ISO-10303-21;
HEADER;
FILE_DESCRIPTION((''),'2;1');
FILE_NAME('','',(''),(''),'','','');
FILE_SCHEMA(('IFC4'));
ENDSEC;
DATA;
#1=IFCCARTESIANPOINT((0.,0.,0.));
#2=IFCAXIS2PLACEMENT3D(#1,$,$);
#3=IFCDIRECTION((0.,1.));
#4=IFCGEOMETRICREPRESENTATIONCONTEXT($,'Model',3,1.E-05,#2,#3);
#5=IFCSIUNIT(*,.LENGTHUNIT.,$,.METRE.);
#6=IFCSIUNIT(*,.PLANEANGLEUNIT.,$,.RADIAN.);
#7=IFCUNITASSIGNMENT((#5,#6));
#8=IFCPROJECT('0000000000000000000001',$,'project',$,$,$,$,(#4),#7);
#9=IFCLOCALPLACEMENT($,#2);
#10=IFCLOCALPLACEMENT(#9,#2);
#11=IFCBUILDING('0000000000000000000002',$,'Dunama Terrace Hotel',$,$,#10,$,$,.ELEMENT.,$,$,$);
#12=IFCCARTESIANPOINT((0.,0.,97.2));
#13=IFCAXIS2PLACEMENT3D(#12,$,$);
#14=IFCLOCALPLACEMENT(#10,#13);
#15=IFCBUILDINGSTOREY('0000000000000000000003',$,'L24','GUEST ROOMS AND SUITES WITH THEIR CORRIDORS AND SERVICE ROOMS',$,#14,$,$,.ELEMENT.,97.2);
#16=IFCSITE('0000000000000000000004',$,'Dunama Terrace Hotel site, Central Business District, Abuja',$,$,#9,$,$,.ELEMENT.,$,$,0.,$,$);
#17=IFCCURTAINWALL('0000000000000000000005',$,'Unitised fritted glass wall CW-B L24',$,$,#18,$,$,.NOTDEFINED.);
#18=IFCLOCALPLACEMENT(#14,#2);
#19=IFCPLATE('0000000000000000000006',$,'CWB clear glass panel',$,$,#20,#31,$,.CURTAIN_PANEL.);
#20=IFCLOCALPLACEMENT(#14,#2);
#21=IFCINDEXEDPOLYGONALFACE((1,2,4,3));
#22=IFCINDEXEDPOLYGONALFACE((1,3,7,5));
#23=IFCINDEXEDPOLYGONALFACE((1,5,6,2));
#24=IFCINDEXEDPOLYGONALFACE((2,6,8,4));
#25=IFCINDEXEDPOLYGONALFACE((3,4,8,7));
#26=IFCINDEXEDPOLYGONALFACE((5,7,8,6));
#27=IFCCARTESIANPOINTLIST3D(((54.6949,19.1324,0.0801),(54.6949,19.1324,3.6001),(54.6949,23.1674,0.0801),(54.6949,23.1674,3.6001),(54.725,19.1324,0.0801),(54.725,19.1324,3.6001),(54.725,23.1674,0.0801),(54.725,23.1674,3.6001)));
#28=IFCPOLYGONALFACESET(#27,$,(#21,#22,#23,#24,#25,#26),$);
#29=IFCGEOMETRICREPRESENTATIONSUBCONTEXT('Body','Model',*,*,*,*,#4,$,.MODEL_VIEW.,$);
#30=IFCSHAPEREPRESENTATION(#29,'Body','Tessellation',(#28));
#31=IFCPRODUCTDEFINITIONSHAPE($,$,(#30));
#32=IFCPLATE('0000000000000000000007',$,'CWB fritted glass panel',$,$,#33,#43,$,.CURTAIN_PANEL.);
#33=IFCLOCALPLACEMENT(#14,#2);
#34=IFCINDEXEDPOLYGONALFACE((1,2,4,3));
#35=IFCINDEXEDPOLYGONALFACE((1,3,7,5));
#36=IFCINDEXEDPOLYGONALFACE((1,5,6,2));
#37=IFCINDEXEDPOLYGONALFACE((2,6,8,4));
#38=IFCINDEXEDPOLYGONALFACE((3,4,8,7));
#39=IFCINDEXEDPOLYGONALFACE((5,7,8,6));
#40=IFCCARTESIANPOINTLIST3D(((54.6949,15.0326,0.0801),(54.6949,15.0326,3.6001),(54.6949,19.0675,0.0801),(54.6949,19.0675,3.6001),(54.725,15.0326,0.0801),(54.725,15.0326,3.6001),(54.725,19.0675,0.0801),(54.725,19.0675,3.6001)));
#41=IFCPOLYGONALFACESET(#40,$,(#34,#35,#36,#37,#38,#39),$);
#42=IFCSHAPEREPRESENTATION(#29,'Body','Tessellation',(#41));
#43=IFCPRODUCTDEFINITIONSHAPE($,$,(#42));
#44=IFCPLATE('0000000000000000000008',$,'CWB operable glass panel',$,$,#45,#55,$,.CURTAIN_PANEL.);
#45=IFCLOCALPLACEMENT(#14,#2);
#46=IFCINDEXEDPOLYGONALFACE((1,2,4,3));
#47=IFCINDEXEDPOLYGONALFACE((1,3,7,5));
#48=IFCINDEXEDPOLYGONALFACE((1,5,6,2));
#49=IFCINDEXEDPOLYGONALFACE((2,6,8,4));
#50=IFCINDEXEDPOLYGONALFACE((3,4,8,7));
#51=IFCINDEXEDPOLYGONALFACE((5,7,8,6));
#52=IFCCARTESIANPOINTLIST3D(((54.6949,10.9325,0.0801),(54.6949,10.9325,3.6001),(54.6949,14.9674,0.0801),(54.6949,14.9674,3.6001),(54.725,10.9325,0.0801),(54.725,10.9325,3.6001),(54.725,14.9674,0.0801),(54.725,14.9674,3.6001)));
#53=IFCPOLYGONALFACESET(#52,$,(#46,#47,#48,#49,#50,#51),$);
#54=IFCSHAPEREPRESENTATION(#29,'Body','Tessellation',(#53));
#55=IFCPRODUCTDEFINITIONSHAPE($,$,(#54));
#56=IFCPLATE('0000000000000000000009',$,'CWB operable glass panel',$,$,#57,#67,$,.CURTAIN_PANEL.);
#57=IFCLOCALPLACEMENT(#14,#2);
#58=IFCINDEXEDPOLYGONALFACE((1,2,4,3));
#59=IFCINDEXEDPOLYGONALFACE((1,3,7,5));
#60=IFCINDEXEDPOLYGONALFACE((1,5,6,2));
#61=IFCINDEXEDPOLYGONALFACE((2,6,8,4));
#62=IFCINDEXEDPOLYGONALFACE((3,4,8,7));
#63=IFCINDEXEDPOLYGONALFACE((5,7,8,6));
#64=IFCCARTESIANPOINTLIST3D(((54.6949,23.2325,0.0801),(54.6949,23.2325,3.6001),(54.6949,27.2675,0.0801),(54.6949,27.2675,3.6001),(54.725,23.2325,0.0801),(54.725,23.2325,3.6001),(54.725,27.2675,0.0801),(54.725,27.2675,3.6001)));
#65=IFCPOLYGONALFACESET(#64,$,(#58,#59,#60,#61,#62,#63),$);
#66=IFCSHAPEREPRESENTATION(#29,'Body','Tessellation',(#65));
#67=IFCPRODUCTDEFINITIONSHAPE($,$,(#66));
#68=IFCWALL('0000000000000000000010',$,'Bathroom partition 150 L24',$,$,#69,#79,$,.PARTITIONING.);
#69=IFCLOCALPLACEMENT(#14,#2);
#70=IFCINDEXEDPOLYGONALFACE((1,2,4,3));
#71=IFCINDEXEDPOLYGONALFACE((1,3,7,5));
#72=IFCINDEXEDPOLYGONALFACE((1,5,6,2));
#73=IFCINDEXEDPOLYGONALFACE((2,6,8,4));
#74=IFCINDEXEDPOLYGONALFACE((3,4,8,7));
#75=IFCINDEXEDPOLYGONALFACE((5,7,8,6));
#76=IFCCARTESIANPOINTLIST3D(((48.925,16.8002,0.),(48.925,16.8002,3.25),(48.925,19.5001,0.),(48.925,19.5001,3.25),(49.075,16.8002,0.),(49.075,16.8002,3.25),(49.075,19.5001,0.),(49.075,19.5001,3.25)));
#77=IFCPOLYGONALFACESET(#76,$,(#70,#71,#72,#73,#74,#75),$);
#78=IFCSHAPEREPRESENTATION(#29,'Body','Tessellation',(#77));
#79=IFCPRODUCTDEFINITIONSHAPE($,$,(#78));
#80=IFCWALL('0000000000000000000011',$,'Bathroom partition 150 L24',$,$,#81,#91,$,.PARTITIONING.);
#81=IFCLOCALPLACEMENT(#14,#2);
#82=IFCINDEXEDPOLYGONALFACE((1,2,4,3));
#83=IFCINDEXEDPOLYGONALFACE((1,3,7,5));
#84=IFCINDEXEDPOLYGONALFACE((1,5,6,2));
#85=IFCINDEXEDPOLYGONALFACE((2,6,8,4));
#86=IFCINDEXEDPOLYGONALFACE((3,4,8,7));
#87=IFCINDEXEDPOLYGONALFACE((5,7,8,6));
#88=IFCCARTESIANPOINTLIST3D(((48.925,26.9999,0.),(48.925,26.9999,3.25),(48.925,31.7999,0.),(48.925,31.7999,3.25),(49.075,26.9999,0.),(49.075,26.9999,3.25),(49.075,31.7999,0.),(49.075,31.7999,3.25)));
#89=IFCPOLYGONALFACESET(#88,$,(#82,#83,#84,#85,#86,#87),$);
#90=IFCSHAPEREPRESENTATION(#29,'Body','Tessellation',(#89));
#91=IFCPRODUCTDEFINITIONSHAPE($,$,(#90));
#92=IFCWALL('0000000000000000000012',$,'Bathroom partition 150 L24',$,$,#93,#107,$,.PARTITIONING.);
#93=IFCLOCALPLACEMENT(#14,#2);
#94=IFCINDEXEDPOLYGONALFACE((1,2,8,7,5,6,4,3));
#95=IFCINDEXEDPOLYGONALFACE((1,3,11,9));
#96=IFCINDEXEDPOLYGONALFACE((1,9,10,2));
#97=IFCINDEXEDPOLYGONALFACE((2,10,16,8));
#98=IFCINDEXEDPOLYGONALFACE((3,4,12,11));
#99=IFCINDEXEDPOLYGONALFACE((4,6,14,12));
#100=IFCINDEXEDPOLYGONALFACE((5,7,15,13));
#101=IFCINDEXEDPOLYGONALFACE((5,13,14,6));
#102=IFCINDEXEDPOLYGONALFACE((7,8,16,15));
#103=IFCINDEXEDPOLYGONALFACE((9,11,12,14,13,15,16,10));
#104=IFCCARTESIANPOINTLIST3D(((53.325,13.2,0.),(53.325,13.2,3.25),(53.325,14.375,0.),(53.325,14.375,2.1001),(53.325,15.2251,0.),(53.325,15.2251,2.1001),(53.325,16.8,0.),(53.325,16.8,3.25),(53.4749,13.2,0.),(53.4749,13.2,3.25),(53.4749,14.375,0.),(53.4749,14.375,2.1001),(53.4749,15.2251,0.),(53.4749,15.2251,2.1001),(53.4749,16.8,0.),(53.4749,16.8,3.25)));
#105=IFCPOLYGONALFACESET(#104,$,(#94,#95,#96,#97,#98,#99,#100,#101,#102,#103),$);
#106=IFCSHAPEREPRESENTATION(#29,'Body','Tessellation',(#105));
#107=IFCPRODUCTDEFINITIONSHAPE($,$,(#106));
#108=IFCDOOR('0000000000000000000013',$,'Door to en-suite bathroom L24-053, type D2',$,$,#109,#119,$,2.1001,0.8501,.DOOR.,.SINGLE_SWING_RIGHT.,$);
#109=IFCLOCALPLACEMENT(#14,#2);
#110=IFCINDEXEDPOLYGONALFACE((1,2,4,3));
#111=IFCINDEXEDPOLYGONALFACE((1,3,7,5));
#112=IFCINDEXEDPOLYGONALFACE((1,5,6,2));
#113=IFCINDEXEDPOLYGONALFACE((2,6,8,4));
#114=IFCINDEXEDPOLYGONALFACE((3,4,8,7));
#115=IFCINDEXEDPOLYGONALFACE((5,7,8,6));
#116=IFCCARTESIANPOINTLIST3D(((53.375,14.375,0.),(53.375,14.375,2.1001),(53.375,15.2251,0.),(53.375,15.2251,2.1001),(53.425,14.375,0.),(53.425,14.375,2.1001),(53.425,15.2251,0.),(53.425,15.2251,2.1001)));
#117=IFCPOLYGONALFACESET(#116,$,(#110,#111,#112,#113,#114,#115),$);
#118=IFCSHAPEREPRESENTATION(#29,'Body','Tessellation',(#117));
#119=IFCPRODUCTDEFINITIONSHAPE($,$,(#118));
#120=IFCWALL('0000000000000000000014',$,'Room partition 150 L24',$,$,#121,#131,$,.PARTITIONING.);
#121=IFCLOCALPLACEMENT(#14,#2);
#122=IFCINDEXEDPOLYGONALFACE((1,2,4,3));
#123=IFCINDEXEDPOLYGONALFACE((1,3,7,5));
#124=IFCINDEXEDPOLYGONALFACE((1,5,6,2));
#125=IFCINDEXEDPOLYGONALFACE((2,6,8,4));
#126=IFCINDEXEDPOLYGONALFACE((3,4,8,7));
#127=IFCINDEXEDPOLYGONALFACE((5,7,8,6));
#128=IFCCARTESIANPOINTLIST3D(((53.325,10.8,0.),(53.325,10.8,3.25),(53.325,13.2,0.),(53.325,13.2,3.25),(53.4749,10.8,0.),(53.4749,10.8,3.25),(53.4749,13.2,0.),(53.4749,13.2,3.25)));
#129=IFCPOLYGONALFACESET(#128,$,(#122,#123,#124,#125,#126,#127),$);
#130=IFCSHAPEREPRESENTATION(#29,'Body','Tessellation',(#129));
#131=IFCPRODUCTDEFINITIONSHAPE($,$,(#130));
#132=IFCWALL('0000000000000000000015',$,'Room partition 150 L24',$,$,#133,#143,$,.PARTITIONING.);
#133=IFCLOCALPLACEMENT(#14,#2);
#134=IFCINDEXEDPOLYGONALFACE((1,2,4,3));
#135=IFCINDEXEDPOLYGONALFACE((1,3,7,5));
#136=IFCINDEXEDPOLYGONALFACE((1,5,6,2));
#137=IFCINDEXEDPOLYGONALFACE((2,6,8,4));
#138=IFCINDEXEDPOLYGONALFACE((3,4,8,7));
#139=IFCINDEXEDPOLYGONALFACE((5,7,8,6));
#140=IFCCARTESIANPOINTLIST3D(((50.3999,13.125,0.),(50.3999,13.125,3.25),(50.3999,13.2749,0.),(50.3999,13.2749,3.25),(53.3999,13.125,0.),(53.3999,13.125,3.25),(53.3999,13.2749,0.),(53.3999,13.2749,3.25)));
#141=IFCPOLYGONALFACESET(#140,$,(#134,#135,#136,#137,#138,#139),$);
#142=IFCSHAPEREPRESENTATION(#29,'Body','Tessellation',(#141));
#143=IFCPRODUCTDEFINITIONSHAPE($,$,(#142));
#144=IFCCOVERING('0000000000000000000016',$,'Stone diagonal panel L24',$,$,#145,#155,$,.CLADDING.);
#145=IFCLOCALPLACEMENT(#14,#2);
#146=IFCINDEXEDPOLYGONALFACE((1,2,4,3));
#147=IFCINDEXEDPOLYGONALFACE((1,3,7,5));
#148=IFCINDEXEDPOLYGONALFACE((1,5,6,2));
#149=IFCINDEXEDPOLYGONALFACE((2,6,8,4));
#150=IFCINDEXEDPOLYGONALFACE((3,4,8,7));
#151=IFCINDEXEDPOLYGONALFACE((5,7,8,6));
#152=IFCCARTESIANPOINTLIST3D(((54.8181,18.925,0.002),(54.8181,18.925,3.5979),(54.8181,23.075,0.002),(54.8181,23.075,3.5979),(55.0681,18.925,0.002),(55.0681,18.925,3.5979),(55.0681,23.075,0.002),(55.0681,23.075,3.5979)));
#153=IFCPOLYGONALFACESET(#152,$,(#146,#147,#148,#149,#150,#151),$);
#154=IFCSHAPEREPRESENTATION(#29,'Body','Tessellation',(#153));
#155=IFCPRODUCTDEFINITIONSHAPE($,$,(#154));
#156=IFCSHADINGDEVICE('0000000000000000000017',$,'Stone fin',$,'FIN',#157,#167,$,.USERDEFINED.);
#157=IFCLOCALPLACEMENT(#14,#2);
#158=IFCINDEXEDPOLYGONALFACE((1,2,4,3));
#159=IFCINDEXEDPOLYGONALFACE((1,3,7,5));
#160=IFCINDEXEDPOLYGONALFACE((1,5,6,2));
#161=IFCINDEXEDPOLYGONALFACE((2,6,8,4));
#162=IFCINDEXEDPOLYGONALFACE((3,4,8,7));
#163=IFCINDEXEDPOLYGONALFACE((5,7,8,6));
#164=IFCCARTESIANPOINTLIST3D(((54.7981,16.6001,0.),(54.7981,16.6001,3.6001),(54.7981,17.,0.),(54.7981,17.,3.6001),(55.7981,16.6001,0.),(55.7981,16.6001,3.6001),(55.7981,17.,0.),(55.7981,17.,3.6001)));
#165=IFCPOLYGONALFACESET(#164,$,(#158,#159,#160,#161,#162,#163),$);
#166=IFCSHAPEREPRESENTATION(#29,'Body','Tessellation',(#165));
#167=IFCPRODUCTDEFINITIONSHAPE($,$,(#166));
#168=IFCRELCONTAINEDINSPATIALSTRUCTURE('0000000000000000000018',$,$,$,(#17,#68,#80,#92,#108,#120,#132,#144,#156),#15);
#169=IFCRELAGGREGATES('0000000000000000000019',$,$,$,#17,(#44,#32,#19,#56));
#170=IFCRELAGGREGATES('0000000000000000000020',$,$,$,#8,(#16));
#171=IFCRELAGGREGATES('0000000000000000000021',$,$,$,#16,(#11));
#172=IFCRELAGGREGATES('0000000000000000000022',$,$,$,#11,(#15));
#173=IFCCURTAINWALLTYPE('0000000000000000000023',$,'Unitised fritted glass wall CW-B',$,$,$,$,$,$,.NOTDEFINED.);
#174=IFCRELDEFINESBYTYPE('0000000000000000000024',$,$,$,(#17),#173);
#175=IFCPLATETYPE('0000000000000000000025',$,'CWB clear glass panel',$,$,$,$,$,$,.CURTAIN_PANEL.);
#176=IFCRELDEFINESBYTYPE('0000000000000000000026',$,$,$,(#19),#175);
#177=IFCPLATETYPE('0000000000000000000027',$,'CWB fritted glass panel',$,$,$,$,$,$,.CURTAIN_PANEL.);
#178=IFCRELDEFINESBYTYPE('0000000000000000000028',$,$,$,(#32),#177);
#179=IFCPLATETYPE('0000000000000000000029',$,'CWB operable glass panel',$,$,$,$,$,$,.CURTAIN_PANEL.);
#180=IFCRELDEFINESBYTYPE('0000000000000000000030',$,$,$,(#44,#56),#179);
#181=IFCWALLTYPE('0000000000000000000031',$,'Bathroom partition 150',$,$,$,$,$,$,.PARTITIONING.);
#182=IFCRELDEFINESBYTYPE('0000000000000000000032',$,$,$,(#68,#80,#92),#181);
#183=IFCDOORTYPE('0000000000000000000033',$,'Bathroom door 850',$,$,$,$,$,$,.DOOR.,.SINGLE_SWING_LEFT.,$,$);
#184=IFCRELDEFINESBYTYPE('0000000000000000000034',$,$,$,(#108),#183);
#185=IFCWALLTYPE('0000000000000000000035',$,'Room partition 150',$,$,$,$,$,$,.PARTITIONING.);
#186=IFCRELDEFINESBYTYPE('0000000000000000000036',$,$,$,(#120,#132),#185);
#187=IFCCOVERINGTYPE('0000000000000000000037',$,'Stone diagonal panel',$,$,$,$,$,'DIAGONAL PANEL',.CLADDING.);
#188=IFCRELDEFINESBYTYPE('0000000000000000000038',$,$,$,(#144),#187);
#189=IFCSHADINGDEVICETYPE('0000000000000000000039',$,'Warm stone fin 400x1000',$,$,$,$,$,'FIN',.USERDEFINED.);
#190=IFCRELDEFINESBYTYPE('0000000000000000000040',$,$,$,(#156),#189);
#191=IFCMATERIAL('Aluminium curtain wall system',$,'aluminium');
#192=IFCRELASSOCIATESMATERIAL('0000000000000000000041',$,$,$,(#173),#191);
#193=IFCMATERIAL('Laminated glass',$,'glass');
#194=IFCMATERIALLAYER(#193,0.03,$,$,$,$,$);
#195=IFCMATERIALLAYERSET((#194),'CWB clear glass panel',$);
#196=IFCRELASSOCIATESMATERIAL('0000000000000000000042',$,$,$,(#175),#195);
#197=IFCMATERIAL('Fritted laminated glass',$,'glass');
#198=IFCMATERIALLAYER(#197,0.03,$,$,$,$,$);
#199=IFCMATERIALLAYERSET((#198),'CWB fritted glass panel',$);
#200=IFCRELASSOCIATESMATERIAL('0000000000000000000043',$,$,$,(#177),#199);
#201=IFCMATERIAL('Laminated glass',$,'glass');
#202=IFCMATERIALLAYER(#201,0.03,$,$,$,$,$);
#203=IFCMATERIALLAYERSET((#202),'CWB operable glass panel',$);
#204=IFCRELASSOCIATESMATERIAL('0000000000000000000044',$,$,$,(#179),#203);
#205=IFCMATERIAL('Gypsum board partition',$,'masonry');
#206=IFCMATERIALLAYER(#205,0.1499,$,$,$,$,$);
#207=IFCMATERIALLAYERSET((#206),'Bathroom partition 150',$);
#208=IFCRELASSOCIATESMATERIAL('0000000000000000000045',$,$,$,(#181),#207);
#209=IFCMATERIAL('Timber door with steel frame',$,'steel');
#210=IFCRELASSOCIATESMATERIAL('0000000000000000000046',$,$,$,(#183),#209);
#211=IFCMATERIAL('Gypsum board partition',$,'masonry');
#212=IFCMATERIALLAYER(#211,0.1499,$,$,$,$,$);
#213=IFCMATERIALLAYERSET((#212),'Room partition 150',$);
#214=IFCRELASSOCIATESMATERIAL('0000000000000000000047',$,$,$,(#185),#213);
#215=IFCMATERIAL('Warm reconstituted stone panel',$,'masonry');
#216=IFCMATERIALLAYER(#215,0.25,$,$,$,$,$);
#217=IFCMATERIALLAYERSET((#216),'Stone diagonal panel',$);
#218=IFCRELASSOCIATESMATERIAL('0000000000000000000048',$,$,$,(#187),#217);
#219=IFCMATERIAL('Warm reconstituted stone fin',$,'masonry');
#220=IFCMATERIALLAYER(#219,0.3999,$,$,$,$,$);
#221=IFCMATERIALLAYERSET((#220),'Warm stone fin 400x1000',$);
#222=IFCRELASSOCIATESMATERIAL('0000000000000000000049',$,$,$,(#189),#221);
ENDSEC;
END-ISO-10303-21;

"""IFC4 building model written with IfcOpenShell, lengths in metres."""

from ifc_helpers import new_model, si_unit, direction, frame, frame_2d, origin, origin_2d, place, context, subcontext, project, spatial, rectangle, extrude, material, layer, layer_set, type_object, element, fill, aggregate, save


model = new_model("IFC4")

# Units and contexts
model_context = context("Model", 3, precision=1e-05, world=origin(), true_north=direction((0.0, 1.0)))
body_context = subcontext(model_context, "Body", "Model", "MODEL_VIEW")
ifc_project = project(units=[si_unit("LENGTHUNIT", "METRE"), si_unit("PLANEANGLEUNIT", "RADIAN")], contexts=[model_context])

# Site, building, storey
site_placement = place(None, origin())
site = spatial("IfcSite", under=ifc_project, at=site_placement, Name="Dunama Terrace Hotel site, Central Business District, Abuja", CompositionType="ELEMENT", RefElevation=0.0)
building_placement = place(site_placement, origin())
building = spatial("IfcBuilding", under=site, at=building_placement, Name="Dunama Terrace Hotel", CompositionType="ELEMENT")
storey_placement = place(building_placement, frame((0.0, 0.0, 97.2)))
storey = spatial("IfcBuildingStorey", under=building, at=storey_placement, Name="L24", Description="GUEST ROOMS AND SUITES WITH THEIR CORRIDORS AND SERVICE ROOMS", CompositionType="ELEMENT", Elevation=97.2)

# Curtain wall
ifc_material_1 = material(Name="Aluminium curtain wall system", Category="aluminium")
curtain_wall_type = type_object("IfcCurtainWallType", Name="Unitised fritted glass wall CW-B", PredefinedType="NOTDEFINED", material=ifc_material_1)
curtain_wall_placement = place(storey_placement, origin())
curtain_wall = element("IfcCurtainWall", 1, at=curtain_wall_placement, inside=storey, type_object=curtain_wall_type, Name="Unitised fritted glass wall CW-B L24", PredefinedType="NOTDEFINED")

# Plates
ifc_material_2 = material(Name="Laminated glass", Category="glass")
ifc_layer_1 = layer(ifc_material_2, 0.03)
ifc_layer_set_1 = layer_set([ifc_layer_1], Name="CWB clear glass panel")
plate_type_1 = type_object("IfcPlateType", Name="CWB clear glass panel", PredefinedType="CURTAIN_PANEL", material=ifc_layer_set_1)
plate_1_placement = place(storey_placement, frame((54.71, 21.1499, 0.0801), z_axis=(0.0, 0.0, 1.0), x_axis=(0.0, 1.0, 0.0)))
plate_1 = element("IfcPlate", 2, at=plate_1_placement, type_object=plate_type_1, Name="CWB clear glass panel", PredefinedType="CURTAIN_PANEL", context=body_context, shape_type="SweptSolid", body=[
    extrude(rectangle(XDim=4.0349, YDim=0.03, at=origin_2d()), origin(), (0.0, 0.0, 1.0), 3.52),
])
ifc_material_3 = material(Name="Fritted laminated glass", Category="glass")
ifc_layer_2 = layer(ifc_material_3, 0.03)
ifc_layer_set_2 = layer_set([ifc_layer_2], Name="CWB fritted glass panel")
plate_type_2 = type_object("IfcPlateType", Name="CWB fritted glass panel", PredefinedType="CURTAIN_PANEL", material=ifc_layer_set_2)
plate_2_placement = place(storey_placement, frame((54.71, 17.05, 0.0801), z_axis=(0.0, 0.0, 1.0), x_axis=(0.0, 1.0, 0.0)))
plate_2 = element("IfcPlate", 3, at=plate_2_placement, type_object=plate_type_2, Name="CWB fritted glass panel", PredefinedType="CURTAIN_PANEL", context=body_context, shape_type="SweptSolid", body=[
    extrude(rectangle(XDim=4.0349, YDim=0.03, at=origin_2d()), origin(), (0.0, 0.0, 1.0), 3.52),
])
ifc_material_4 = material(Name="Laminated glass", Category="glass")
ifc_layer_3 = layer(ifc_material_4, 0.03)
ifc_layer_set_3 = layer_set([ifc_layer_3], Name="CWB operable glass panel")
plate_type_3 = type_object("IfcPlateType", Name="CWB operable glass panel", PredefinedType="CURTAIN_PANEL", material=ifc_layer_set_3)
plate_3_placement = place(storey_placement, frame((54.71, 12.95, 0.0801), z_axis=(0.0, 0.0, 1.0), x_axis=(0.0, 1.0, 0.0)))
plate_3 = element("IfcPlate", 4, at=plate_3_placement, type_object=plate_type_3, Name="CWB operable glass panel", PredefinedType="CURTAIN_PANEL", context=body_context, shape_type="SweptSolid", body=[
    extrude(rectangle(XDim=4.0349, YDim=0.03, at=origin_2d()), origin(), (0.0, 0.0, 1.0), 3.52),
])
plate_4_placement = place(storey_placement, frame((54.71, 25.25, 0.0801), z_axis=(0.0, 0.0, 1.0), x_axis=(0.0, 1.0, 0.0)))
plate_4 = element("IfcPlate", 5, at=plate_4_placement, type_object=plate_type_3, Name="CWB operable glass panel", PredefinedType="CURTAIN_PANEL", context=body_context, shape_type="SweptSolid", body=[
    extrude(rectangle(XDim=4.0349, YDim=0.03, at=origin_2d()), origin(), (0.0, 0.0, 1.0), 3.52),
])
aggregate(curtain_wall, [plate_3, plate_2, plate_1, plate_4])

# Walls
ifc_material_5 = material(Name="Gypsum board partition", Category="masonry")
ifc_layer_4 = layer(ifc_material_5, 0.1499)
ifc_layer_set_4 = layer_set([ifc_layer_4], Name="Bathroom partition 150")
wall_type_1 = type_object("IfcWallType", Name="Bathroom partition 150", PredefinedType="PARTITIONING", material=ifc_layer_set_4)
wall_1_placement = place(storey_placement, frame((49.0, 16.8, 0.0), z_axis=(0.0, 0.0, 1.0), x_axis=(0.0, 1.0, 0.0)))
element("IfcWall", 6, at=wall_1_placement, inside=storey, type_object=wall_type_1, Name="Bathroom partition 150 L24", PredefinedType="PARTITIONING", context=body_context, shape_type="SweptSolid", body=[
    extrude(rectangle(XDim=2.7, YDim=0.1499, at=frame_2d((1.3501, 0.0))), origin(), (0.0, 0.0, 1.0), 3.25),
])
wall_2_placement = place(storey_placement, frame((49.0, 27.0, 0.0), z_axis=(0.0, 0.0, 1.0), x_axis=(0.0, 1.0, 0.0)))
element("IfcWall", 7, at=wall_2_placement, inside=storey, type_object=wall_type_1, Name="Bathroom partition 150 L24", PredefinedType="PARTITIONING", context=body_context, shape_type="SweptSolid", body=[
    extrude(rectangle(XDim=4.8, YDim=0.1499, at=frame_2d((2.3999, 0.0))), origin(), (0.0, 0.0, 1.0), 3.25),
])

# Wall, opening, door
wall_3_placement = place(storey_placement, frame((53.3999, 13.2, 0.0), z_axis=(0.0, 0.0, 1.0), x_axis=(0.0, 1.0, 0.0)))
wall_3 = element("IfcWall", 8, at=wall_3_placement, inside=storey, type_object=wall_type_1, Name="Bathroom partition 150 L24", PredefinedType="PARTITIONING", context=body_context, shape_type="SweptSolid", body=[
    extrude(rectangle(XDim=3.6001, YDim=0.1499, at=frame_2d((1.8, 0.0))), origin(), (0.0, 0.0, 1.0), 3.25),
])
opening_placement = place(wall_3_placement, frame((1.175, 0.0, 0.0)))
opening = element("IfcOpeningElement", 9, at=opening_placement, cuts=wall_3, PredefinedType="OPENING", context=body_context, shape_type="SweptSolid", body=[
    extrude(rectangle(XDim=0.8501, YDim=2.1001, at=frame_2d((0.425, 1.05))), frame((0.0, 0.085, 0.0), z_axis=(0.0, -1.0, 0.0), x_axis=(1.0, 0.0, 0.0)), (0.0, 0.0, 1.0), 0.1699),
])
ifc_material_6 = material(Name="Timber door with steel frame", Category="steel")
door_type = type_object("IfcDoorType", Name="Bathroom door 850", OperationType="SINGLE_SWING_LEFT", PredefinedType="DOOR", material=ifc_material_6)
door_placement = place(opening_placement, origin())
door = element("IfcDoor", 10, at=door_placement, inside=storey, type_object=door_type, Name="Door to en-suite bathroom L24-053, type D2", OperationType="SINGLE_SWING_RIGHT", OverallHeight=2.1001, OverallWidth=0.8501, PredefinedType="DOOR", context=body_context, shape_type="SweptSolid", body=[
    extrude(rectangle(XDim=0.8501, YDim=2.1001, at=frame_2d((0.425, 1.05))), frame((0.0, 0.0249, 0.0), z_axis=(0.0, -1.0, 0.0), x_axis=(1.0, 0.0, 0.0)), (0.0, 0.0, 1.0), 0.05),
])
fill(opening, door)

# Walls
ifc_material_7 = material(Name="Gypsum board partition", Category="masonry")
ifc_layer_5 = layer(ifc_material_7, 0.1499)
ifc_layer_set_5 = layer_set([ifc_layer_5], Name="Room partition 150")
wall_type_2 = type_object("IfcWallType", Name="Room partition 150", PredefinedType="PARTITIONING", material=ifc_layer_set_5)
wall_4_placement = place(storey_placement, frame((53.3999, 10.8, 0.0), z_axis=(0.0, 0.0, 1.0), x_axis=(0.0, 1.0, 0.0)))
element("IfcWall", 11, at=wall_4_placement, inside=storey, type_object=wall_type_2, Name="Room partition 150 L24", PredefinedType="PARTITIONING", context=body_context, shape_type="SweptSolid", body=[
    extrude(rectangle(XDim=2.3999, YDim=0.1499, at=frame_2d((1.2, 0.0))), origin(), (0.0, 0.0, 1.0), 3.25),
])
wall_5_placement = place(storey_placement, frame((50.3999, 13.2, 0.0), z_axis=(0.0, 0.0, 1.0), x_axis=(1.0, 0.0, 0.0)))
element("IfcWall", 12, at=wall_5_placement, inside=storey, type_object=wall_type_2, Name="Room partition 150 L24", PredefinedType="PARTITIONING", context=body_context, shape_type="SweptSolid", body=[
    extrude(rectangle(XDim=3.0, YDim=0.1499, at=frame_2d((1.5, 0.0))), origin(), (0.0, 0.0, 1.0), 3.25),
])

# Covering
ifc_material_8 = material(Name="Warm reconstituted stone panel", Category="masonry")
ifc_layer_6 = layer(ifc_material_8, 0.25)
ifc_layer_set_6 = layer_set([ifc_layer_6], Name="Stone diagonal panel")
covering_type = type_object("IfcCoveringType", Name="Stone diagonal panel", ElementType="DIAGONAL PANEL", PredefinedType="CLADDING", material=ifc_layer_set_6)
covering_placement = place(storey_placement, frame((54.9431, 21.0, 0.002), z_axis=(0.0, 0.0, 1.0), x_axis=(0.0, 1.0, 0.0)))
element("IfcCovering", 13, at=covering_placement, inside=storey, type_object=covering_type, Name="Stone diagonal panel L24", PredefinedType="CLADDING", context=body_context, shape_type="SweptSolid", body=[
    extrude(rectangle(XDim=4.1499, YDim=0.25, at=origin_2d()), origin(), (0.0, 0.0, 1.0), 3.5959),
])

# Shading device
ifc_material_9 = material(Name="Warm reconstituted stone fin", Category="masonry")
ifc_layer_7 = layer(ifc_material_9, 0.3999)
ifc_layer_set_7 = layer_set([ifc_layer_7], Name="Warm stone fin 400x1000")
shading_device_type = type_object("IfcShadingDeviceType", Name="Warm stone fin 400x1000", ElementType="FIN", PredefinedType="USERDEFINED", material=ifc_layer_set_7)
shading_device_placement = place(storey_placement, frame((55.2981, 16.8, 0.0), z_axis=(0.0, 0.0, 1.0), x_axis=(0.0, 1.0, 0.0)))
element("IfcShadingDevice", 14, at=shading_device_placement, inside=storey, type_object=shading_device_type, Name="Stone fin", ObjectType="FIN", PredefinedType="USERDEFINED", context=body_context, shape_type="SweptSolid", body=[
    extrude(rectangle(XDim=0.3999, YDim=1.0, at=origin_2d()), origin(), (0.0, 0.0, 1.0), 3.6001),
])

save(model, "model.ifc")
